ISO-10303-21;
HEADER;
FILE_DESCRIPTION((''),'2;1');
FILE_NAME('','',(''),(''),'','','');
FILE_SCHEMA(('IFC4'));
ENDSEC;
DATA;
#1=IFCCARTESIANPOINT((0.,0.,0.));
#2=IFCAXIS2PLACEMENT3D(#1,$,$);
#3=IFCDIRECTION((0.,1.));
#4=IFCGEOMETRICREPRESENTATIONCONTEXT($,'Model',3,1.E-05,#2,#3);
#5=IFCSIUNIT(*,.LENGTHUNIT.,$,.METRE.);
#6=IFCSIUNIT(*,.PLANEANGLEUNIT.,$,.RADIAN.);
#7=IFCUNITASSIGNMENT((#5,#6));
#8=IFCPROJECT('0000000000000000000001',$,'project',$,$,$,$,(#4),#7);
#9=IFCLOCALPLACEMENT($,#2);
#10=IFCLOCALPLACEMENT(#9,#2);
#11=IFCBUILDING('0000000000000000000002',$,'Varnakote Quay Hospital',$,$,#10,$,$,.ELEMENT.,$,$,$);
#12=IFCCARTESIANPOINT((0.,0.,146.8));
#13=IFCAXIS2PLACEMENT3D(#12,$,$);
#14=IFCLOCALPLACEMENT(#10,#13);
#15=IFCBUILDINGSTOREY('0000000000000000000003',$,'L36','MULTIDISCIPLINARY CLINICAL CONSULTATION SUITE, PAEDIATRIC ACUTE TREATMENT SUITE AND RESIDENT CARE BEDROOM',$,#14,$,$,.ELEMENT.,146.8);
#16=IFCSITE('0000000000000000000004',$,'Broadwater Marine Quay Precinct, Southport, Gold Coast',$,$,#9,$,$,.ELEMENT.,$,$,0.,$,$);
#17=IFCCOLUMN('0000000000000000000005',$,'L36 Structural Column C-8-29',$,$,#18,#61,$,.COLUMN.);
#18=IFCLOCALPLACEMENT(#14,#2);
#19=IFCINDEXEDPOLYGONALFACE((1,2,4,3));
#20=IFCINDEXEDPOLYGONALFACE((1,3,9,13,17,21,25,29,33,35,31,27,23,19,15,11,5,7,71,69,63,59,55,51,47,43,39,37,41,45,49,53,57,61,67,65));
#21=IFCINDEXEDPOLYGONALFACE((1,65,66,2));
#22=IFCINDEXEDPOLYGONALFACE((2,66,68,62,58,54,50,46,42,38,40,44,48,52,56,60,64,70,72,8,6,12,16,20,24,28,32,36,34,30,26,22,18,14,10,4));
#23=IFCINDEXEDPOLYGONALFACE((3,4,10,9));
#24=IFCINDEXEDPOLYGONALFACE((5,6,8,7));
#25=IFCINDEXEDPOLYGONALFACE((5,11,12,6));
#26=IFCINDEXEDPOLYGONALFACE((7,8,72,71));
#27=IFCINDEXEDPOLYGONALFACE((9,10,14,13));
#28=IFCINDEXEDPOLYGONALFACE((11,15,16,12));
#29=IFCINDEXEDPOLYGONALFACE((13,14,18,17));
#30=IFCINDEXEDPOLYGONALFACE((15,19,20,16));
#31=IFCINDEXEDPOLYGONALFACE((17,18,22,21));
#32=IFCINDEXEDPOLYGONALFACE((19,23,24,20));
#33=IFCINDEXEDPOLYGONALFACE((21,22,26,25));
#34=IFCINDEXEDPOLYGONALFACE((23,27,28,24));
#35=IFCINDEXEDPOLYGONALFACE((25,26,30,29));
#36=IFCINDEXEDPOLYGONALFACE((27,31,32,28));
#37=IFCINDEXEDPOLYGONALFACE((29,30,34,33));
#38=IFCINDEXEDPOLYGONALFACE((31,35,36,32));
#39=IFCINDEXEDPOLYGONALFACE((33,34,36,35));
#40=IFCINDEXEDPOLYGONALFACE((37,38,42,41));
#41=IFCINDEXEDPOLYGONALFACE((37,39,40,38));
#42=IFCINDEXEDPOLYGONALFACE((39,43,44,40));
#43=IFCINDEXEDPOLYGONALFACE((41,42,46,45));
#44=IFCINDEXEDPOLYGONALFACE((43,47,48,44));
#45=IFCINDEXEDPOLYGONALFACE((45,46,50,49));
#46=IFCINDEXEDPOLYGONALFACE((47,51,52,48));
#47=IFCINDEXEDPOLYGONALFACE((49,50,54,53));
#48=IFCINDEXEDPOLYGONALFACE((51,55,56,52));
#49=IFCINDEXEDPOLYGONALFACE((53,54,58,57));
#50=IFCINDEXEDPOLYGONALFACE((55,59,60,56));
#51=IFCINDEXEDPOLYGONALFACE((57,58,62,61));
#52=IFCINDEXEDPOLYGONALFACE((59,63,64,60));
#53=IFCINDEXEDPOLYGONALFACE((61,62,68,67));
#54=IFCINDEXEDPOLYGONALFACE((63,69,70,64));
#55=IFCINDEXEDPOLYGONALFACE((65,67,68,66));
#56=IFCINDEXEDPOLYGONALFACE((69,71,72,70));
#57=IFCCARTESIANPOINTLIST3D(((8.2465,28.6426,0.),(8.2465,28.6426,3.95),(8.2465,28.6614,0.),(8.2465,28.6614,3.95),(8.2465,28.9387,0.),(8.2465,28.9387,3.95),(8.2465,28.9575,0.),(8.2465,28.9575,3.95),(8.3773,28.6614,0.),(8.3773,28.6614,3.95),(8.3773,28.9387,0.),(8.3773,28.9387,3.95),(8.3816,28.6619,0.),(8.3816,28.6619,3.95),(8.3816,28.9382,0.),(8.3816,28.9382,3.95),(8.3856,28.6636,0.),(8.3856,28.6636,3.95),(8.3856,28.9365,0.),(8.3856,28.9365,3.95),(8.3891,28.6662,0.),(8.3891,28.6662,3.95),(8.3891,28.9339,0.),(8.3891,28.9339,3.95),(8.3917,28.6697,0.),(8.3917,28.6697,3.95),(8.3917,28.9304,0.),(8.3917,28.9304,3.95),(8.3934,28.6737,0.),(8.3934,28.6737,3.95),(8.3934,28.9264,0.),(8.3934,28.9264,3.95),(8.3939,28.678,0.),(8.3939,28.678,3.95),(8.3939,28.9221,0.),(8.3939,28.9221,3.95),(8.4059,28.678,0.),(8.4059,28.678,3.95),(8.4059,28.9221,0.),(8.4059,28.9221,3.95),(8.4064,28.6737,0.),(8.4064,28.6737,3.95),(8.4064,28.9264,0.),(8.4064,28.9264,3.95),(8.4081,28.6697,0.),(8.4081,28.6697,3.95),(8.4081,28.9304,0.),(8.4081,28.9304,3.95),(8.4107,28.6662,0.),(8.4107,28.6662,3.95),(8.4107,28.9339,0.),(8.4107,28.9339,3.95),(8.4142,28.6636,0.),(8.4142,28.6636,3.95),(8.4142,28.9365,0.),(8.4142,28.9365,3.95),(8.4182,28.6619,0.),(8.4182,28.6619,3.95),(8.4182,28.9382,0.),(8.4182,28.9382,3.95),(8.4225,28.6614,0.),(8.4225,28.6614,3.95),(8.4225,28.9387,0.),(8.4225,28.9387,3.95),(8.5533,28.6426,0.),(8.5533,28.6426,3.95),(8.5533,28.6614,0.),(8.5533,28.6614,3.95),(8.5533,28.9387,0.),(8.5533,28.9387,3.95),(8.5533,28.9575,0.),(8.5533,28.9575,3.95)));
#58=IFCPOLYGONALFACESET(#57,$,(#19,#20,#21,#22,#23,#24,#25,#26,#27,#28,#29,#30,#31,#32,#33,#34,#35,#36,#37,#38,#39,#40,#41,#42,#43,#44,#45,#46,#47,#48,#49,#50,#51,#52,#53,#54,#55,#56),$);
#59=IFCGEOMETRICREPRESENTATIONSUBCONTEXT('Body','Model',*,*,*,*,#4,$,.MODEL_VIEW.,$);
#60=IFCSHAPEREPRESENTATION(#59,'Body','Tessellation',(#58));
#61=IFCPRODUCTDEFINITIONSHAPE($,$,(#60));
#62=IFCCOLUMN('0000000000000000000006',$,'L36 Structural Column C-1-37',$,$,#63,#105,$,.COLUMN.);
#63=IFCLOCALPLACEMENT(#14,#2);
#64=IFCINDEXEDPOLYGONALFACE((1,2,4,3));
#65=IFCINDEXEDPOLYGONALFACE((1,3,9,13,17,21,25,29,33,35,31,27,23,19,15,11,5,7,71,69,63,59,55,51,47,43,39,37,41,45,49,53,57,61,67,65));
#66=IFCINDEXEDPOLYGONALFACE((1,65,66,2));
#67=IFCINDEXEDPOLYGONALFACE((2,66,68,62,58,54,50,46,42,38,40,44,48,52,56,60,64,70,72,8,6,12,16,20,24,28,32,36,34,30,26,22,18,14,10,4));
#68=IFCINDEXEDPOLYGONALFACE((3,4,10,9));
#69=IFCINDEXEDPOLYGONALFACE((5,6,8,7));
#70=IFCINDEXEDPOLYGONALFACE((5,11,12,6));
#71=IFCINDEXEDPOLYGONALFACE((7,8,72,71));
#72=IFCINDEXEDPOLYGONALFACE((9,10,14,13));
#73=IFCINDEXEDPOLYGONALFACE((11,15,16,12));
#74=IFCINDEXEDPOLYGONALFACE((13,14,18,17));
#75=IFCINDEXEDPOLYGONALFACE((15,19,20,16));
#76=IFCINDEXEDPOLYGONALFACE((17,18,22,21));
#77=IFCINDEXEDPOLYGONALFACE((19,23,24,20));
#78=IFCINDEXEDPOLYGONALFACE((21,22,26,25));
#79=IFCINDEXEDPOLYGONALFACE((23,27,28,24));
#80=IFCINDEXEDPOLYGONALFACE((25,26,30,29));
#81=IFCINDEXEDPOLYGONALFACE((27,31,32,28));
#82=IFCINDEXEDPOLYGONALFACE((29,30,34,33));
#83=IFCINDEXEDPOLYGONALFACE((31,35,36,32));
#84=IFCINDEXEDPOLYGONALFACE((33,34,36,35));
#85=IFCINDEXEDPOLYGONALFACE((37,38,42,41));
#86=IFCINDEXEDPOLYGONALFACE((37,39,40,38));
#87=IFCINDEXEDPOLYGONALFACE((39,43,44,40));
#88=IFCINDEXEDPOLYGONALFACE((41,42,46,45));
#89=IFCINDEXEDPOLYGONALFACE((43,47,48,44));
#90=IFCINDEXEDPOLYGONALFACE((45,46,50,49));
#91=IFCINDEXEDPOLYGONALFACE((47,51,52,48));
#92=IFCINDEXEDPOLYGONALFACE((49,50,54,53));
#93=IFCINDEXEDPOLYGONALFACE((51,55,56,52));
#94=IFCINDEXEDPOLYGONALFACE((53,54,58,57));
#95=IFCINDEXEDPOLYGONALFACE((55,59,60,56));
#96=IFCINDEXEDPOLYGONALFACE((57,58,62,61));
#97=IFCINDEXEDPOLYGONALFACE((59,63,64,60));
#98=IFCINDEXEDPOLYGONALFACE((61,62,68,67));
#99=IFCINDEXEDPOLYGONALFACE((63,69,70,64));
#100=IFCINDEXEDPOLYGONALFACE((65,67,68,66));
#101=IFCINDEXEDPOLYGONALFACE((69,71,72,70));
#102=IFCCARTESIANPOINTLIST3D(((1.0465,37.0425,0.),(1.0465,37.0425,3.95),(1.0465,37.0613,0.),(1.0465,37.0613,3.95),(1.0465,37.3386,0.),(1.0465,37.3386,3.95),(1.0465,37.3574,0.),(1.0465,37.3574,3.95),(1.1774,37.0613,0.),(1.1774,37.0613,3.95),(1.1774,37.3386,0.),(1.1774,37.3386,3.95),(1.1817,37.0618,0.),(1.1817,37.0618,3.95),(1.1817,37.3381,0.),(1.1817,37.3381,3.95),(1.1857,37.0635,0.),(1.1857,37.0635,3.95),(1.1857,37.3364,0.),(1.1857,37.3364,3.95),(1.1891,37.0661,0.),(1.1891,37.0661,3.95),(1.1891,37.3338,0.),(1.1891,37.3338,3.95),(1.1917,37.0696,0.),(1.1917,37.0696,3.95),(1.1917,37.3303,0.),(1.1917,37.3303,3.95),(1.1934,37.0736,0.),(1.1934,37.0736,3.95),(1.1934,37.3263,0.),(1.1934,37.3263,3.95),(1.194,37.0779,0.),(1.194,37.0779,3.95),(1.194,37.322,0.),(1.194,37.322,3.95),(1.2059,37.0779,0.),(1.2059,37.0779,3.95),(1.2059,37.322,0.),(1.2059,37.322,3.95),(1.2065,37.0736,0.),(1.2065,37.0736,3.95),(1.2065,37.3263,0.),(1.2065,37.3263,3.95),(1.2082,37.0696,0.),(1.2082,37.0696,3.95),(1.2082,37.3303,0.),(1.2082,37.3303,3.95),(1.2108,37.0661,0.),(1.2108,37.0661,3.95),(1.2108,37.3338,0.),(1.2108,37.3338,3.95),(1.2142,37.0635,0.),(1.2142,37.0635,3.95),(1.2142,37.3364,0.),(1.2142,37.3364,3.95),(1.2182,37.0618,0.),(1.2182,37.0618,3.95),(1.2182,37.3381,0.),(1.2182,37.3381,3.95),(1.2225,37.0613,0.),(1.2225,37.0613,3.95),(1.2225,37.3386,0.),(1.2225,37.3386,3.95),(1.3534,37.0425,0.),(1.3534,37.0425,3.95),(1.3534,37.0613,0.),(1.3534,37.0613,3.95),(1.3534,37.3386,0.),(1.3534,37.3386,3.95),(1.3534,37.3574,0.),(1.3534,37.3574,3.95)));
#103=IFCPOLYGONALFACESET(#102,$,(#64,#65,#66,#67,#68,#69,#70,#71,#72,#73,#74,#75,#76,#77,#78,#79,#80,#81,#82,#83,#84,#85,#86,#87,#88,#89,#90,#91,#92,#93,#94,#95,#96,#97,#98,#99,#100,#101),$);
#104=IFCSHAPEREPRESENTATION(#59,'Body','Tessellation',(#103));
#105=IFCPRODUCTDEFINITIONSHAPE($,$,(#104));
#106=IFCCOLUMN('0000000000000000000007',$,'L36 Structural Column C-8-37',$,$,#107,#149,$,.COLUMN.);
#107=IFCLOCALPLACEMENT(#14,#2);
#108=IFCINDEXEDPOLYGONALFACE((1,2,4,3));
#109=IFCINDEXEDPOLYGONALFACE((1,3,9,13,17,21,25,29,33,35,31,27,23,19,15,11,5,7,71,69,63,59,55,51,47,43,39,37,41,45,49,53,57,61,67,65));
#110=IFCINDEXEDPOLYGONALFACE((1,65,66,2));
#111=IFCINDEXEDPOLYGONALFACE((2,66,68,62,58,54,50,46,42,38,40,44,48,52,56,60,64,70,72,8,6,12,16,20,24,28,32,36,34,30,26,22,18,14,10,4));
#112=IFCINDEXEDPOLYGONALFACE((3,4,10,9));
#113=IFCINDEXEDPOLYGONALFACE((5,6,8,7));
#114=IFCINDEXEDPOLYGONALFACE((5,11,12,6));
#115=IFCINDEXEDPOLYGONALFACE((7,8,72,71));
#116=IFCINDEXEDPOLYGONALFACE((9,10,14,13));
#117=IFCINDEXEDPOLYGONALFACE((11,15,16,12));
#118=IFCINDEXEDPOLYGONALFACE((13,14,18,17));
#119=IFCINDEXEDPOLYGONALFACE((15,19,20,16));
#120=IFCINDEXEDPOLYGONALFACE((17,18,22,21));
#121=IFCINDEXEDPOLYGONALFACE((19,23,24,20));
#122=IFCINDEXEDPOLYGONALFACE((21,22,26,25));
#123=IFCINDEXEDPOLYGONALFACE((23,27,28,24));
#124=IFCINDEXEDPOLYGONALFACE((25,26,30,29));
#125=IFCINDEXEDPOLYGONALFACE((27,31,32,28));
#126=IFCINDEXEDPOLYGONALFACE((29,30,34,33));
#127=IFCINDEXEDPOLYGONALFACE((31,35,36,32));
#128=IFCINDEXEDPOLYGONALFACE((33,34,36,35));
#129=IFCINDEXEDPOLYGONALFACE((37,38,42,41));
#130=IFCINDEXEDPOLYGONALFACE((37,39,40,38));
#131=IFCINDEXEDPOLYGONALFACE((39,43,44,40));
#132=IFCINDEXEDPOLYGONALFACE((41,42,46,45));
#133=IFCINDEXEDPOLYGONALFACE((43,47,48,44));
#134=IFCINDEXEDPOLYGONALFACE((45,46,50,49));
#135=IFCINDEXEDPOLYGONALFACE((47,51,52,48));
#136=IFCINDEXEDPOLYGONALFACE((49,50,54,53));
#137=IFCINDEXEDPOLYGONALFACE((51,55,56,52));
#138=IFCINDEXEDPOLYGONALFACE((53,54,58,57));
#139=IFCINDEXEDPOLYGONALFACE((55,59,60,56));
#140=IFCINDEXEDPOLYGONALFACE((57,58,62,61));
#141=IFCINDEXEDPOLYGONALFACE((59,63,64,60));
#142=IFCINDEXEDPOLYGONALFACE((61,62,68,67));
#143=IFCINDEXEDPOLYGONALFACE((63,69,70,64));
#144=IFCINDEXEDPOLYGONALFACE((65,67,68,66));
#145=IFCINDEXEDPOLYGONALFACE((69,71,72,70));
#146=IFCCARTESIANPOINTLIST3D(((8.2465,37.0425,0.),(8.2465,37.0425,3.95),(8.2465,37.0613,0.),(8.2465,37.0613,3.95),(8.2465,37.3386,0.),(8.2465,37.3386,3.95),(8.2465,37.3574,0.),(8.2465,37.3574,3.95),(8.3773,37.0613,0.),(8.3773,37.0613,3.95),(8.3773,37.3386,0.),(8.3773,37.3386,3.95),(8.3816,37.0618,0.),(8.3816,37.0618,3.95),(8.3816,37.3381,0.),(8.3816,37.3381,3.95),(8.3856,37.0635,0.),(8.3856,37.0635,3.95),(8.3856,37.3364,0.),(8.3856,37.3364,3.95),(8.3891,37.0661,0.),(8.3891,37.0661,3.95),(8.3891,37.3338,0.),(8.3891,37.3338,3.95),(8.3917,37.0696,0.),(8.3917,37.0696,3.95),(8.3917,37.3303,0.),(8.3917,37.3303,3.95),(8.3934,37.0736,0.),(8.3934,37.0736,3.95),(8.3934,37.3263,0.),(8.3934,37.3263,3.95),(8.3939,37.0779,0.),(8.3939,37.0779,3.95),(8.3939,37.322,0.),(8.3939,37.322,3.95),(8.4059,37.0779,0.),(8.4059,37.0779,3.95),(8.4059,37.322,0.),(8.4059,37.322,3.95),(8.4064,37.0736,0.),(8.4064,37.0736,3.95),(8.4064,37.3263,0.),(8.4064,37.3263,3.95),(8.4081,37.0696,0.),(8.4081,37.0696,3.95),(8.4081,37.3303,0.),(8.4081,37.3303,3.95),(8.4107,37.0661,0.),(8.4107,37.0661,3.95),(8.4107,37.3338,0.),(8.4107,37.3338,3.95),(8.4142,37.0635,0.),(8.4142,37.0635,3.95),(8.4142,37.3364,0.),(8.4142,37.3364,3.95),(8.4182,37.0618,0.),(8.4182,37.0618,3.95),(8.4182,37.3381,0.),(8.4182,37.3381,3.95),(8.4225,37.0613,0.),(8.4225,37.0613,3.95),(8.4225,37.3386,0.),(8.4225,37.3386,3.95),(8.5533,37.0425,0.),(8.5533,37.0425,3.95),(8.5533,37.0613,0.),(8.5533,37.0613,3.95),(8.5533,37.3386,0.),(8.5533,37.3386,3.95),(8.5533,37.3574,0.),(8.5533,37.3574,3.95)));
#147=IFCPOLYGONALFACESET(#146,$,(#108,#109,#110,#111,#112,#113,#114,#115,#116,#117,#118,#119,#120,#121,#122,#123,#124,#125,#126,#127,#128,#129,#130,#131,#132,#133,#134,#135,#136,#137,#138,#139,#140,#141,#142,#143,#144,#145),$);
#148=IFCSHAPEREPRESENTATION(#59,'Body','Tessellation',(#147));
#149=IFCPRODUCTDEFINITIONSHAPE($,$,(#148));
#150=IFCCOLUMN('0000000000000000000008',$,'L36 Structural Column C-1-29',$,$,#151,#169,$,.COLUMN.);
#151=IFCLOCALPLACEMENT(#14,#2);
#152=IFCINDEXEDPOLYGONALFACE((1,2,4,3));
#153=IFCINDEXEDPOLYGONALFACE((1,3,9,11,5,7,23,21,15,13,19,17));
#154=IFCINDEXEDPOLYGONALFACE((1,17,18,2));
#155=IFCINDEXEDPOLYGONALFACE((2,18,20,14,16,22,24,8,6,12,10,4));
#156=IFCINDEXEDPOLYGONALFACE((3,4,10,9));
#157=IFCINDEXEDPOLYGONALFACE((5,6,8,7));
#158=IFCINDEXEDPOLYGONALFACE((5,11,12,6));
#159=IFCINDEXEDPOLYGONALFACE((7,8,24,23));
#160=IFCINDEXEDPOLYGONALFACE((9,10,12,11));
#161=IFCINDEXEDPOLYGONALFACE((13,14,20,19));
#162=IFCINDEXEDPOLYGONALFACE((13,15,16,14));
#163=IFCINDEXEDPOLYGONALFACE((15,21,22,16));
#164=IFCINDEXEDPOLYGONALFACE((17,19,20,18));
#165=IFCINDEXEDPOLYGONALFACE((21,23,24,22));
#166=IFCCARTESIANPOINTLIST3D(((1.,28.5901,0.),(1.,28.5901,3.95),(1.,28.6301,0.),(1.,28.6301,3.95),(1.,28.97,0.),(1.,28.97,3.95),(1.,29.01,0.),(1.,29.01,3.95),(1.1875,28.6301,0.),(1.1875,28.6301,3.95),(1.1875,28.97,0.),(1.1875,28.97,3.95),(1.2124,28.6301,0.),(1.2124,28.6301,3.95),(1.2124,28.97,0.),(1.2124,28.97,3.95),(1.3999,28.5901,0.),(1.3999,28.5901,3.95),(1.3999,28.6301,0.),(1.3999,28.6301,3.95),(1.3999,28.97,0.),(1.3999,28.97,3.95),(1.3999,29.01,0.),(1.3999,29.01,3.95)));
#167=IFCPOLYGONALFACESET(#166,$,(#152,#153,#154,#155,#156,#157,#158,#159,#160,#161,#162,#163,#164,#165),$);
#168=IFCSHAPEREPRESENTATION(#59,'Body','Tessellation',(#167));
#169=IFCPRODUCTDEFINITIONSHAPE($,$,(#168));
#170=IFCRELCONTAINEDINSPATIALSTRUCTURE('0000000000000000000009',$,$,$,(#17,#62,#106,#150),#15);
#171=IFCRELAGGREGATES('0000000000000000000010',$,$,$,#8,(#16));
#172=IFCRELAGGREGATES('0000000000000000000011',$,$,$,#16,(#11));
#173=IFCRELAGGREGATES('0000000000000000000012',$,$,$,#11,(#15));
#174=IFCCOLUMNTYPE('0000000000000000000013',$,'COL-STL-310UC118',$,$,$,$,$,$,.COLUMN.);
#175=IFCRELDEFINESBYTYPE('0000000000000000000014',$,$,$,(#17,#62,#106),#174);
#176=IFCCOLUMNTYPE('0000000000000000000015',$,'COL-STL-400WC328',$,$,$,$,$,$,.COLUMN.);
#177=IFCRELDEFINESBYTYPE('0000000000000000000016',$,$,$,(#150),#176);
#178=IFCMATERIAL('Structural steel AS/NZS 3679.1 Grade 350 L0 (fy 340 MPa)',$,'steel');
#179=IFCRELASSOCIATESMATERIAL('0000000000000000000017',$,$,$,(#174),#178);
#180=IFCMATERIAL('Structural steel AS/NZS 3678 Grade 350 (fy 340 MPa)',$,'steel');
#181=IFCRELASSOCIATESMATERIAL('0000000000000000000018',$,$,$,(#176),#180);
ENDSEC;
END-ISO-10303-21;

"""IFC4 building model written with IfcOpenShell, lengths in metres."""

from ifc_helpers import new_model, si_unit, direction, frame, origin, origin_2d, place, context, subcontext, project, spatial, i_section, extrude, material, material_profile, profile_set, type_object, element, save


model = new_model("IFC4")

# Units and contexts
model_context = context("Model", 3, precision=1e-05, world=origin(), true_north=direction((0.0, 1.0)))
body_context = subcontext(model_context, "Body", "Model", "MODEL_VIEW")
ifc_project = project(units=[si_unit("LENGTHUNIT", "METRE"), si_unit("PLANEANGLEUNIT", "RADIAN")], contexts=[model_context])

# Site, building, storey
site_placement = place(None, origin())
site = spatial("IfcSite", under=ifc_project, at=site_placement, Name="Broadwater Marine Quay Precinct, Southport, Gold Coast", CompositionType="ELEMENT", RefElevation=0.0)
building_placement = place(site_placement, origin())
building = spatial("IfcBuilding", under=site, at=building_placement, Name="Varnakote Quay Hospital", CompositionType="ELEMENT")
storey_placement = place(building_placement, frame((0.0, 0.0, 146.8)))
storey = spatial("IfcBuildingStorey", under=building, at=storey_placement, Name="L36", Description="MULTIDISCIPLINARY CLINICAL CONSULTATION SUITE, PAEDIATRIC ACUTE TREATMENT SUITE AND RESIDENT CARE BEDROOM", CompositionType="ELEMENT", Elevation=146.8)

# Columns
ifc_material_1 = material(Name="Structural steel AS/NZS 3679.1 Grade 350 L0 (fy 340 MPa)", Category="steel")
ifc_material_profile_1 = material_profile(ifc_material_1, i_section(OverallWidth=0.3069, OverallDepth=0.3149, WebThickness=0.012, FlangeThickness=0.0188, FilletRadius=0.0166, at=origin_2d()), Name="310UC118")
ifc_profile_set_1 = profile_set([ifc_material_profile_1], Name="Structural steel AS/NZS 3679.1 Grade 350 L0 (fy 340 MPa)")
column_type_1 = type_object("IfcColumnType", Name="COL-STL-310UC118", PredefinedType="COLUMN", material=ifc_profile_set_1)
for number, where, z_axis, x_axis, name in (
    (1, (8.3999, 28.8, 0.0), (0.0, 0.0, 1.0), (1.0, 0.0, 0.0), "L36 Structural Column C-8-29"),
    (2, (1.2, 37.2, 0.0), (0.0, 0.0, 1.0), (1.0, 0.0, 0.0), "L36 Structural Column C-1-37"),
    (3, (8.3999, 37.2, 0.0), (0.0, 0.0, 1.0), (1.0, 0.0, 0.0), "L36 Structural Column C-8-37"),
):
    element("IfcColumn", number, at=place(storey_placement, frame(where, z_axis=z_axis, x_axis=x_axis)), inside=storey, type_object=column_type_1, Name=name, PredefinedType="COLUMN", context=body_context, shape_type="SweptSolid", body=[
        extrude(i_section(OverallWidth=0.3069, OverallDepth=0.3149, WebThickness=0.012, FlangeThickness=0.0188, FilletRadius=0.0166, at=origin_2d()), origin(), (0.0, 0.0, 1.0), 3.95),
    ])
ifc_material_2 = material(Name="Structural steel AS/NZS 3678 Grade 350 (fy 340 MPa)", Category="steel")
ifc_material_profile_2 = material_profile(ifc_material_2, i_section(OverallWidth=0.3999, OverallDepth=0.4199, WebThickness=0.0249, FlangeThickness=0.04, at=origin_2d()), Name="400WC328")
ifc_profile_set_2 = profile_set([ifc_material_profile_2], Name="Structural steel AS/NZS 3678 Grade 350 (fy 340 MPa)")
column_type_2 = type_object("IfcColumnType", Name="COL-STL-400WC328", PredefinedType="COLUMN", material=ifc_profile_set_2)
column_placement = place(storey_placement, frame((1.2, 28.8, 0.0), z_axis=(0.0, 0.0, 1.0), x_axis=(1.0, 0.0, 0.0)))
element("IfcColumn", 4, at=column_placement, inside=storey, type_object=column_type_2, Name="L36 Structural Column C-1-29", PredefinedType="COLUMN", context=body_context, shape_type="SweptSolid", body=[
    extrude(i_section(OverallWidth=0.3999, OverallDepth=0.4199, WebThickness=0.0249, FlangeThickness=0.04, at=origin_2d()), origin(), (0.0, 0.0, 1.0), 3.95),
])

save(model, "model.ifc")
